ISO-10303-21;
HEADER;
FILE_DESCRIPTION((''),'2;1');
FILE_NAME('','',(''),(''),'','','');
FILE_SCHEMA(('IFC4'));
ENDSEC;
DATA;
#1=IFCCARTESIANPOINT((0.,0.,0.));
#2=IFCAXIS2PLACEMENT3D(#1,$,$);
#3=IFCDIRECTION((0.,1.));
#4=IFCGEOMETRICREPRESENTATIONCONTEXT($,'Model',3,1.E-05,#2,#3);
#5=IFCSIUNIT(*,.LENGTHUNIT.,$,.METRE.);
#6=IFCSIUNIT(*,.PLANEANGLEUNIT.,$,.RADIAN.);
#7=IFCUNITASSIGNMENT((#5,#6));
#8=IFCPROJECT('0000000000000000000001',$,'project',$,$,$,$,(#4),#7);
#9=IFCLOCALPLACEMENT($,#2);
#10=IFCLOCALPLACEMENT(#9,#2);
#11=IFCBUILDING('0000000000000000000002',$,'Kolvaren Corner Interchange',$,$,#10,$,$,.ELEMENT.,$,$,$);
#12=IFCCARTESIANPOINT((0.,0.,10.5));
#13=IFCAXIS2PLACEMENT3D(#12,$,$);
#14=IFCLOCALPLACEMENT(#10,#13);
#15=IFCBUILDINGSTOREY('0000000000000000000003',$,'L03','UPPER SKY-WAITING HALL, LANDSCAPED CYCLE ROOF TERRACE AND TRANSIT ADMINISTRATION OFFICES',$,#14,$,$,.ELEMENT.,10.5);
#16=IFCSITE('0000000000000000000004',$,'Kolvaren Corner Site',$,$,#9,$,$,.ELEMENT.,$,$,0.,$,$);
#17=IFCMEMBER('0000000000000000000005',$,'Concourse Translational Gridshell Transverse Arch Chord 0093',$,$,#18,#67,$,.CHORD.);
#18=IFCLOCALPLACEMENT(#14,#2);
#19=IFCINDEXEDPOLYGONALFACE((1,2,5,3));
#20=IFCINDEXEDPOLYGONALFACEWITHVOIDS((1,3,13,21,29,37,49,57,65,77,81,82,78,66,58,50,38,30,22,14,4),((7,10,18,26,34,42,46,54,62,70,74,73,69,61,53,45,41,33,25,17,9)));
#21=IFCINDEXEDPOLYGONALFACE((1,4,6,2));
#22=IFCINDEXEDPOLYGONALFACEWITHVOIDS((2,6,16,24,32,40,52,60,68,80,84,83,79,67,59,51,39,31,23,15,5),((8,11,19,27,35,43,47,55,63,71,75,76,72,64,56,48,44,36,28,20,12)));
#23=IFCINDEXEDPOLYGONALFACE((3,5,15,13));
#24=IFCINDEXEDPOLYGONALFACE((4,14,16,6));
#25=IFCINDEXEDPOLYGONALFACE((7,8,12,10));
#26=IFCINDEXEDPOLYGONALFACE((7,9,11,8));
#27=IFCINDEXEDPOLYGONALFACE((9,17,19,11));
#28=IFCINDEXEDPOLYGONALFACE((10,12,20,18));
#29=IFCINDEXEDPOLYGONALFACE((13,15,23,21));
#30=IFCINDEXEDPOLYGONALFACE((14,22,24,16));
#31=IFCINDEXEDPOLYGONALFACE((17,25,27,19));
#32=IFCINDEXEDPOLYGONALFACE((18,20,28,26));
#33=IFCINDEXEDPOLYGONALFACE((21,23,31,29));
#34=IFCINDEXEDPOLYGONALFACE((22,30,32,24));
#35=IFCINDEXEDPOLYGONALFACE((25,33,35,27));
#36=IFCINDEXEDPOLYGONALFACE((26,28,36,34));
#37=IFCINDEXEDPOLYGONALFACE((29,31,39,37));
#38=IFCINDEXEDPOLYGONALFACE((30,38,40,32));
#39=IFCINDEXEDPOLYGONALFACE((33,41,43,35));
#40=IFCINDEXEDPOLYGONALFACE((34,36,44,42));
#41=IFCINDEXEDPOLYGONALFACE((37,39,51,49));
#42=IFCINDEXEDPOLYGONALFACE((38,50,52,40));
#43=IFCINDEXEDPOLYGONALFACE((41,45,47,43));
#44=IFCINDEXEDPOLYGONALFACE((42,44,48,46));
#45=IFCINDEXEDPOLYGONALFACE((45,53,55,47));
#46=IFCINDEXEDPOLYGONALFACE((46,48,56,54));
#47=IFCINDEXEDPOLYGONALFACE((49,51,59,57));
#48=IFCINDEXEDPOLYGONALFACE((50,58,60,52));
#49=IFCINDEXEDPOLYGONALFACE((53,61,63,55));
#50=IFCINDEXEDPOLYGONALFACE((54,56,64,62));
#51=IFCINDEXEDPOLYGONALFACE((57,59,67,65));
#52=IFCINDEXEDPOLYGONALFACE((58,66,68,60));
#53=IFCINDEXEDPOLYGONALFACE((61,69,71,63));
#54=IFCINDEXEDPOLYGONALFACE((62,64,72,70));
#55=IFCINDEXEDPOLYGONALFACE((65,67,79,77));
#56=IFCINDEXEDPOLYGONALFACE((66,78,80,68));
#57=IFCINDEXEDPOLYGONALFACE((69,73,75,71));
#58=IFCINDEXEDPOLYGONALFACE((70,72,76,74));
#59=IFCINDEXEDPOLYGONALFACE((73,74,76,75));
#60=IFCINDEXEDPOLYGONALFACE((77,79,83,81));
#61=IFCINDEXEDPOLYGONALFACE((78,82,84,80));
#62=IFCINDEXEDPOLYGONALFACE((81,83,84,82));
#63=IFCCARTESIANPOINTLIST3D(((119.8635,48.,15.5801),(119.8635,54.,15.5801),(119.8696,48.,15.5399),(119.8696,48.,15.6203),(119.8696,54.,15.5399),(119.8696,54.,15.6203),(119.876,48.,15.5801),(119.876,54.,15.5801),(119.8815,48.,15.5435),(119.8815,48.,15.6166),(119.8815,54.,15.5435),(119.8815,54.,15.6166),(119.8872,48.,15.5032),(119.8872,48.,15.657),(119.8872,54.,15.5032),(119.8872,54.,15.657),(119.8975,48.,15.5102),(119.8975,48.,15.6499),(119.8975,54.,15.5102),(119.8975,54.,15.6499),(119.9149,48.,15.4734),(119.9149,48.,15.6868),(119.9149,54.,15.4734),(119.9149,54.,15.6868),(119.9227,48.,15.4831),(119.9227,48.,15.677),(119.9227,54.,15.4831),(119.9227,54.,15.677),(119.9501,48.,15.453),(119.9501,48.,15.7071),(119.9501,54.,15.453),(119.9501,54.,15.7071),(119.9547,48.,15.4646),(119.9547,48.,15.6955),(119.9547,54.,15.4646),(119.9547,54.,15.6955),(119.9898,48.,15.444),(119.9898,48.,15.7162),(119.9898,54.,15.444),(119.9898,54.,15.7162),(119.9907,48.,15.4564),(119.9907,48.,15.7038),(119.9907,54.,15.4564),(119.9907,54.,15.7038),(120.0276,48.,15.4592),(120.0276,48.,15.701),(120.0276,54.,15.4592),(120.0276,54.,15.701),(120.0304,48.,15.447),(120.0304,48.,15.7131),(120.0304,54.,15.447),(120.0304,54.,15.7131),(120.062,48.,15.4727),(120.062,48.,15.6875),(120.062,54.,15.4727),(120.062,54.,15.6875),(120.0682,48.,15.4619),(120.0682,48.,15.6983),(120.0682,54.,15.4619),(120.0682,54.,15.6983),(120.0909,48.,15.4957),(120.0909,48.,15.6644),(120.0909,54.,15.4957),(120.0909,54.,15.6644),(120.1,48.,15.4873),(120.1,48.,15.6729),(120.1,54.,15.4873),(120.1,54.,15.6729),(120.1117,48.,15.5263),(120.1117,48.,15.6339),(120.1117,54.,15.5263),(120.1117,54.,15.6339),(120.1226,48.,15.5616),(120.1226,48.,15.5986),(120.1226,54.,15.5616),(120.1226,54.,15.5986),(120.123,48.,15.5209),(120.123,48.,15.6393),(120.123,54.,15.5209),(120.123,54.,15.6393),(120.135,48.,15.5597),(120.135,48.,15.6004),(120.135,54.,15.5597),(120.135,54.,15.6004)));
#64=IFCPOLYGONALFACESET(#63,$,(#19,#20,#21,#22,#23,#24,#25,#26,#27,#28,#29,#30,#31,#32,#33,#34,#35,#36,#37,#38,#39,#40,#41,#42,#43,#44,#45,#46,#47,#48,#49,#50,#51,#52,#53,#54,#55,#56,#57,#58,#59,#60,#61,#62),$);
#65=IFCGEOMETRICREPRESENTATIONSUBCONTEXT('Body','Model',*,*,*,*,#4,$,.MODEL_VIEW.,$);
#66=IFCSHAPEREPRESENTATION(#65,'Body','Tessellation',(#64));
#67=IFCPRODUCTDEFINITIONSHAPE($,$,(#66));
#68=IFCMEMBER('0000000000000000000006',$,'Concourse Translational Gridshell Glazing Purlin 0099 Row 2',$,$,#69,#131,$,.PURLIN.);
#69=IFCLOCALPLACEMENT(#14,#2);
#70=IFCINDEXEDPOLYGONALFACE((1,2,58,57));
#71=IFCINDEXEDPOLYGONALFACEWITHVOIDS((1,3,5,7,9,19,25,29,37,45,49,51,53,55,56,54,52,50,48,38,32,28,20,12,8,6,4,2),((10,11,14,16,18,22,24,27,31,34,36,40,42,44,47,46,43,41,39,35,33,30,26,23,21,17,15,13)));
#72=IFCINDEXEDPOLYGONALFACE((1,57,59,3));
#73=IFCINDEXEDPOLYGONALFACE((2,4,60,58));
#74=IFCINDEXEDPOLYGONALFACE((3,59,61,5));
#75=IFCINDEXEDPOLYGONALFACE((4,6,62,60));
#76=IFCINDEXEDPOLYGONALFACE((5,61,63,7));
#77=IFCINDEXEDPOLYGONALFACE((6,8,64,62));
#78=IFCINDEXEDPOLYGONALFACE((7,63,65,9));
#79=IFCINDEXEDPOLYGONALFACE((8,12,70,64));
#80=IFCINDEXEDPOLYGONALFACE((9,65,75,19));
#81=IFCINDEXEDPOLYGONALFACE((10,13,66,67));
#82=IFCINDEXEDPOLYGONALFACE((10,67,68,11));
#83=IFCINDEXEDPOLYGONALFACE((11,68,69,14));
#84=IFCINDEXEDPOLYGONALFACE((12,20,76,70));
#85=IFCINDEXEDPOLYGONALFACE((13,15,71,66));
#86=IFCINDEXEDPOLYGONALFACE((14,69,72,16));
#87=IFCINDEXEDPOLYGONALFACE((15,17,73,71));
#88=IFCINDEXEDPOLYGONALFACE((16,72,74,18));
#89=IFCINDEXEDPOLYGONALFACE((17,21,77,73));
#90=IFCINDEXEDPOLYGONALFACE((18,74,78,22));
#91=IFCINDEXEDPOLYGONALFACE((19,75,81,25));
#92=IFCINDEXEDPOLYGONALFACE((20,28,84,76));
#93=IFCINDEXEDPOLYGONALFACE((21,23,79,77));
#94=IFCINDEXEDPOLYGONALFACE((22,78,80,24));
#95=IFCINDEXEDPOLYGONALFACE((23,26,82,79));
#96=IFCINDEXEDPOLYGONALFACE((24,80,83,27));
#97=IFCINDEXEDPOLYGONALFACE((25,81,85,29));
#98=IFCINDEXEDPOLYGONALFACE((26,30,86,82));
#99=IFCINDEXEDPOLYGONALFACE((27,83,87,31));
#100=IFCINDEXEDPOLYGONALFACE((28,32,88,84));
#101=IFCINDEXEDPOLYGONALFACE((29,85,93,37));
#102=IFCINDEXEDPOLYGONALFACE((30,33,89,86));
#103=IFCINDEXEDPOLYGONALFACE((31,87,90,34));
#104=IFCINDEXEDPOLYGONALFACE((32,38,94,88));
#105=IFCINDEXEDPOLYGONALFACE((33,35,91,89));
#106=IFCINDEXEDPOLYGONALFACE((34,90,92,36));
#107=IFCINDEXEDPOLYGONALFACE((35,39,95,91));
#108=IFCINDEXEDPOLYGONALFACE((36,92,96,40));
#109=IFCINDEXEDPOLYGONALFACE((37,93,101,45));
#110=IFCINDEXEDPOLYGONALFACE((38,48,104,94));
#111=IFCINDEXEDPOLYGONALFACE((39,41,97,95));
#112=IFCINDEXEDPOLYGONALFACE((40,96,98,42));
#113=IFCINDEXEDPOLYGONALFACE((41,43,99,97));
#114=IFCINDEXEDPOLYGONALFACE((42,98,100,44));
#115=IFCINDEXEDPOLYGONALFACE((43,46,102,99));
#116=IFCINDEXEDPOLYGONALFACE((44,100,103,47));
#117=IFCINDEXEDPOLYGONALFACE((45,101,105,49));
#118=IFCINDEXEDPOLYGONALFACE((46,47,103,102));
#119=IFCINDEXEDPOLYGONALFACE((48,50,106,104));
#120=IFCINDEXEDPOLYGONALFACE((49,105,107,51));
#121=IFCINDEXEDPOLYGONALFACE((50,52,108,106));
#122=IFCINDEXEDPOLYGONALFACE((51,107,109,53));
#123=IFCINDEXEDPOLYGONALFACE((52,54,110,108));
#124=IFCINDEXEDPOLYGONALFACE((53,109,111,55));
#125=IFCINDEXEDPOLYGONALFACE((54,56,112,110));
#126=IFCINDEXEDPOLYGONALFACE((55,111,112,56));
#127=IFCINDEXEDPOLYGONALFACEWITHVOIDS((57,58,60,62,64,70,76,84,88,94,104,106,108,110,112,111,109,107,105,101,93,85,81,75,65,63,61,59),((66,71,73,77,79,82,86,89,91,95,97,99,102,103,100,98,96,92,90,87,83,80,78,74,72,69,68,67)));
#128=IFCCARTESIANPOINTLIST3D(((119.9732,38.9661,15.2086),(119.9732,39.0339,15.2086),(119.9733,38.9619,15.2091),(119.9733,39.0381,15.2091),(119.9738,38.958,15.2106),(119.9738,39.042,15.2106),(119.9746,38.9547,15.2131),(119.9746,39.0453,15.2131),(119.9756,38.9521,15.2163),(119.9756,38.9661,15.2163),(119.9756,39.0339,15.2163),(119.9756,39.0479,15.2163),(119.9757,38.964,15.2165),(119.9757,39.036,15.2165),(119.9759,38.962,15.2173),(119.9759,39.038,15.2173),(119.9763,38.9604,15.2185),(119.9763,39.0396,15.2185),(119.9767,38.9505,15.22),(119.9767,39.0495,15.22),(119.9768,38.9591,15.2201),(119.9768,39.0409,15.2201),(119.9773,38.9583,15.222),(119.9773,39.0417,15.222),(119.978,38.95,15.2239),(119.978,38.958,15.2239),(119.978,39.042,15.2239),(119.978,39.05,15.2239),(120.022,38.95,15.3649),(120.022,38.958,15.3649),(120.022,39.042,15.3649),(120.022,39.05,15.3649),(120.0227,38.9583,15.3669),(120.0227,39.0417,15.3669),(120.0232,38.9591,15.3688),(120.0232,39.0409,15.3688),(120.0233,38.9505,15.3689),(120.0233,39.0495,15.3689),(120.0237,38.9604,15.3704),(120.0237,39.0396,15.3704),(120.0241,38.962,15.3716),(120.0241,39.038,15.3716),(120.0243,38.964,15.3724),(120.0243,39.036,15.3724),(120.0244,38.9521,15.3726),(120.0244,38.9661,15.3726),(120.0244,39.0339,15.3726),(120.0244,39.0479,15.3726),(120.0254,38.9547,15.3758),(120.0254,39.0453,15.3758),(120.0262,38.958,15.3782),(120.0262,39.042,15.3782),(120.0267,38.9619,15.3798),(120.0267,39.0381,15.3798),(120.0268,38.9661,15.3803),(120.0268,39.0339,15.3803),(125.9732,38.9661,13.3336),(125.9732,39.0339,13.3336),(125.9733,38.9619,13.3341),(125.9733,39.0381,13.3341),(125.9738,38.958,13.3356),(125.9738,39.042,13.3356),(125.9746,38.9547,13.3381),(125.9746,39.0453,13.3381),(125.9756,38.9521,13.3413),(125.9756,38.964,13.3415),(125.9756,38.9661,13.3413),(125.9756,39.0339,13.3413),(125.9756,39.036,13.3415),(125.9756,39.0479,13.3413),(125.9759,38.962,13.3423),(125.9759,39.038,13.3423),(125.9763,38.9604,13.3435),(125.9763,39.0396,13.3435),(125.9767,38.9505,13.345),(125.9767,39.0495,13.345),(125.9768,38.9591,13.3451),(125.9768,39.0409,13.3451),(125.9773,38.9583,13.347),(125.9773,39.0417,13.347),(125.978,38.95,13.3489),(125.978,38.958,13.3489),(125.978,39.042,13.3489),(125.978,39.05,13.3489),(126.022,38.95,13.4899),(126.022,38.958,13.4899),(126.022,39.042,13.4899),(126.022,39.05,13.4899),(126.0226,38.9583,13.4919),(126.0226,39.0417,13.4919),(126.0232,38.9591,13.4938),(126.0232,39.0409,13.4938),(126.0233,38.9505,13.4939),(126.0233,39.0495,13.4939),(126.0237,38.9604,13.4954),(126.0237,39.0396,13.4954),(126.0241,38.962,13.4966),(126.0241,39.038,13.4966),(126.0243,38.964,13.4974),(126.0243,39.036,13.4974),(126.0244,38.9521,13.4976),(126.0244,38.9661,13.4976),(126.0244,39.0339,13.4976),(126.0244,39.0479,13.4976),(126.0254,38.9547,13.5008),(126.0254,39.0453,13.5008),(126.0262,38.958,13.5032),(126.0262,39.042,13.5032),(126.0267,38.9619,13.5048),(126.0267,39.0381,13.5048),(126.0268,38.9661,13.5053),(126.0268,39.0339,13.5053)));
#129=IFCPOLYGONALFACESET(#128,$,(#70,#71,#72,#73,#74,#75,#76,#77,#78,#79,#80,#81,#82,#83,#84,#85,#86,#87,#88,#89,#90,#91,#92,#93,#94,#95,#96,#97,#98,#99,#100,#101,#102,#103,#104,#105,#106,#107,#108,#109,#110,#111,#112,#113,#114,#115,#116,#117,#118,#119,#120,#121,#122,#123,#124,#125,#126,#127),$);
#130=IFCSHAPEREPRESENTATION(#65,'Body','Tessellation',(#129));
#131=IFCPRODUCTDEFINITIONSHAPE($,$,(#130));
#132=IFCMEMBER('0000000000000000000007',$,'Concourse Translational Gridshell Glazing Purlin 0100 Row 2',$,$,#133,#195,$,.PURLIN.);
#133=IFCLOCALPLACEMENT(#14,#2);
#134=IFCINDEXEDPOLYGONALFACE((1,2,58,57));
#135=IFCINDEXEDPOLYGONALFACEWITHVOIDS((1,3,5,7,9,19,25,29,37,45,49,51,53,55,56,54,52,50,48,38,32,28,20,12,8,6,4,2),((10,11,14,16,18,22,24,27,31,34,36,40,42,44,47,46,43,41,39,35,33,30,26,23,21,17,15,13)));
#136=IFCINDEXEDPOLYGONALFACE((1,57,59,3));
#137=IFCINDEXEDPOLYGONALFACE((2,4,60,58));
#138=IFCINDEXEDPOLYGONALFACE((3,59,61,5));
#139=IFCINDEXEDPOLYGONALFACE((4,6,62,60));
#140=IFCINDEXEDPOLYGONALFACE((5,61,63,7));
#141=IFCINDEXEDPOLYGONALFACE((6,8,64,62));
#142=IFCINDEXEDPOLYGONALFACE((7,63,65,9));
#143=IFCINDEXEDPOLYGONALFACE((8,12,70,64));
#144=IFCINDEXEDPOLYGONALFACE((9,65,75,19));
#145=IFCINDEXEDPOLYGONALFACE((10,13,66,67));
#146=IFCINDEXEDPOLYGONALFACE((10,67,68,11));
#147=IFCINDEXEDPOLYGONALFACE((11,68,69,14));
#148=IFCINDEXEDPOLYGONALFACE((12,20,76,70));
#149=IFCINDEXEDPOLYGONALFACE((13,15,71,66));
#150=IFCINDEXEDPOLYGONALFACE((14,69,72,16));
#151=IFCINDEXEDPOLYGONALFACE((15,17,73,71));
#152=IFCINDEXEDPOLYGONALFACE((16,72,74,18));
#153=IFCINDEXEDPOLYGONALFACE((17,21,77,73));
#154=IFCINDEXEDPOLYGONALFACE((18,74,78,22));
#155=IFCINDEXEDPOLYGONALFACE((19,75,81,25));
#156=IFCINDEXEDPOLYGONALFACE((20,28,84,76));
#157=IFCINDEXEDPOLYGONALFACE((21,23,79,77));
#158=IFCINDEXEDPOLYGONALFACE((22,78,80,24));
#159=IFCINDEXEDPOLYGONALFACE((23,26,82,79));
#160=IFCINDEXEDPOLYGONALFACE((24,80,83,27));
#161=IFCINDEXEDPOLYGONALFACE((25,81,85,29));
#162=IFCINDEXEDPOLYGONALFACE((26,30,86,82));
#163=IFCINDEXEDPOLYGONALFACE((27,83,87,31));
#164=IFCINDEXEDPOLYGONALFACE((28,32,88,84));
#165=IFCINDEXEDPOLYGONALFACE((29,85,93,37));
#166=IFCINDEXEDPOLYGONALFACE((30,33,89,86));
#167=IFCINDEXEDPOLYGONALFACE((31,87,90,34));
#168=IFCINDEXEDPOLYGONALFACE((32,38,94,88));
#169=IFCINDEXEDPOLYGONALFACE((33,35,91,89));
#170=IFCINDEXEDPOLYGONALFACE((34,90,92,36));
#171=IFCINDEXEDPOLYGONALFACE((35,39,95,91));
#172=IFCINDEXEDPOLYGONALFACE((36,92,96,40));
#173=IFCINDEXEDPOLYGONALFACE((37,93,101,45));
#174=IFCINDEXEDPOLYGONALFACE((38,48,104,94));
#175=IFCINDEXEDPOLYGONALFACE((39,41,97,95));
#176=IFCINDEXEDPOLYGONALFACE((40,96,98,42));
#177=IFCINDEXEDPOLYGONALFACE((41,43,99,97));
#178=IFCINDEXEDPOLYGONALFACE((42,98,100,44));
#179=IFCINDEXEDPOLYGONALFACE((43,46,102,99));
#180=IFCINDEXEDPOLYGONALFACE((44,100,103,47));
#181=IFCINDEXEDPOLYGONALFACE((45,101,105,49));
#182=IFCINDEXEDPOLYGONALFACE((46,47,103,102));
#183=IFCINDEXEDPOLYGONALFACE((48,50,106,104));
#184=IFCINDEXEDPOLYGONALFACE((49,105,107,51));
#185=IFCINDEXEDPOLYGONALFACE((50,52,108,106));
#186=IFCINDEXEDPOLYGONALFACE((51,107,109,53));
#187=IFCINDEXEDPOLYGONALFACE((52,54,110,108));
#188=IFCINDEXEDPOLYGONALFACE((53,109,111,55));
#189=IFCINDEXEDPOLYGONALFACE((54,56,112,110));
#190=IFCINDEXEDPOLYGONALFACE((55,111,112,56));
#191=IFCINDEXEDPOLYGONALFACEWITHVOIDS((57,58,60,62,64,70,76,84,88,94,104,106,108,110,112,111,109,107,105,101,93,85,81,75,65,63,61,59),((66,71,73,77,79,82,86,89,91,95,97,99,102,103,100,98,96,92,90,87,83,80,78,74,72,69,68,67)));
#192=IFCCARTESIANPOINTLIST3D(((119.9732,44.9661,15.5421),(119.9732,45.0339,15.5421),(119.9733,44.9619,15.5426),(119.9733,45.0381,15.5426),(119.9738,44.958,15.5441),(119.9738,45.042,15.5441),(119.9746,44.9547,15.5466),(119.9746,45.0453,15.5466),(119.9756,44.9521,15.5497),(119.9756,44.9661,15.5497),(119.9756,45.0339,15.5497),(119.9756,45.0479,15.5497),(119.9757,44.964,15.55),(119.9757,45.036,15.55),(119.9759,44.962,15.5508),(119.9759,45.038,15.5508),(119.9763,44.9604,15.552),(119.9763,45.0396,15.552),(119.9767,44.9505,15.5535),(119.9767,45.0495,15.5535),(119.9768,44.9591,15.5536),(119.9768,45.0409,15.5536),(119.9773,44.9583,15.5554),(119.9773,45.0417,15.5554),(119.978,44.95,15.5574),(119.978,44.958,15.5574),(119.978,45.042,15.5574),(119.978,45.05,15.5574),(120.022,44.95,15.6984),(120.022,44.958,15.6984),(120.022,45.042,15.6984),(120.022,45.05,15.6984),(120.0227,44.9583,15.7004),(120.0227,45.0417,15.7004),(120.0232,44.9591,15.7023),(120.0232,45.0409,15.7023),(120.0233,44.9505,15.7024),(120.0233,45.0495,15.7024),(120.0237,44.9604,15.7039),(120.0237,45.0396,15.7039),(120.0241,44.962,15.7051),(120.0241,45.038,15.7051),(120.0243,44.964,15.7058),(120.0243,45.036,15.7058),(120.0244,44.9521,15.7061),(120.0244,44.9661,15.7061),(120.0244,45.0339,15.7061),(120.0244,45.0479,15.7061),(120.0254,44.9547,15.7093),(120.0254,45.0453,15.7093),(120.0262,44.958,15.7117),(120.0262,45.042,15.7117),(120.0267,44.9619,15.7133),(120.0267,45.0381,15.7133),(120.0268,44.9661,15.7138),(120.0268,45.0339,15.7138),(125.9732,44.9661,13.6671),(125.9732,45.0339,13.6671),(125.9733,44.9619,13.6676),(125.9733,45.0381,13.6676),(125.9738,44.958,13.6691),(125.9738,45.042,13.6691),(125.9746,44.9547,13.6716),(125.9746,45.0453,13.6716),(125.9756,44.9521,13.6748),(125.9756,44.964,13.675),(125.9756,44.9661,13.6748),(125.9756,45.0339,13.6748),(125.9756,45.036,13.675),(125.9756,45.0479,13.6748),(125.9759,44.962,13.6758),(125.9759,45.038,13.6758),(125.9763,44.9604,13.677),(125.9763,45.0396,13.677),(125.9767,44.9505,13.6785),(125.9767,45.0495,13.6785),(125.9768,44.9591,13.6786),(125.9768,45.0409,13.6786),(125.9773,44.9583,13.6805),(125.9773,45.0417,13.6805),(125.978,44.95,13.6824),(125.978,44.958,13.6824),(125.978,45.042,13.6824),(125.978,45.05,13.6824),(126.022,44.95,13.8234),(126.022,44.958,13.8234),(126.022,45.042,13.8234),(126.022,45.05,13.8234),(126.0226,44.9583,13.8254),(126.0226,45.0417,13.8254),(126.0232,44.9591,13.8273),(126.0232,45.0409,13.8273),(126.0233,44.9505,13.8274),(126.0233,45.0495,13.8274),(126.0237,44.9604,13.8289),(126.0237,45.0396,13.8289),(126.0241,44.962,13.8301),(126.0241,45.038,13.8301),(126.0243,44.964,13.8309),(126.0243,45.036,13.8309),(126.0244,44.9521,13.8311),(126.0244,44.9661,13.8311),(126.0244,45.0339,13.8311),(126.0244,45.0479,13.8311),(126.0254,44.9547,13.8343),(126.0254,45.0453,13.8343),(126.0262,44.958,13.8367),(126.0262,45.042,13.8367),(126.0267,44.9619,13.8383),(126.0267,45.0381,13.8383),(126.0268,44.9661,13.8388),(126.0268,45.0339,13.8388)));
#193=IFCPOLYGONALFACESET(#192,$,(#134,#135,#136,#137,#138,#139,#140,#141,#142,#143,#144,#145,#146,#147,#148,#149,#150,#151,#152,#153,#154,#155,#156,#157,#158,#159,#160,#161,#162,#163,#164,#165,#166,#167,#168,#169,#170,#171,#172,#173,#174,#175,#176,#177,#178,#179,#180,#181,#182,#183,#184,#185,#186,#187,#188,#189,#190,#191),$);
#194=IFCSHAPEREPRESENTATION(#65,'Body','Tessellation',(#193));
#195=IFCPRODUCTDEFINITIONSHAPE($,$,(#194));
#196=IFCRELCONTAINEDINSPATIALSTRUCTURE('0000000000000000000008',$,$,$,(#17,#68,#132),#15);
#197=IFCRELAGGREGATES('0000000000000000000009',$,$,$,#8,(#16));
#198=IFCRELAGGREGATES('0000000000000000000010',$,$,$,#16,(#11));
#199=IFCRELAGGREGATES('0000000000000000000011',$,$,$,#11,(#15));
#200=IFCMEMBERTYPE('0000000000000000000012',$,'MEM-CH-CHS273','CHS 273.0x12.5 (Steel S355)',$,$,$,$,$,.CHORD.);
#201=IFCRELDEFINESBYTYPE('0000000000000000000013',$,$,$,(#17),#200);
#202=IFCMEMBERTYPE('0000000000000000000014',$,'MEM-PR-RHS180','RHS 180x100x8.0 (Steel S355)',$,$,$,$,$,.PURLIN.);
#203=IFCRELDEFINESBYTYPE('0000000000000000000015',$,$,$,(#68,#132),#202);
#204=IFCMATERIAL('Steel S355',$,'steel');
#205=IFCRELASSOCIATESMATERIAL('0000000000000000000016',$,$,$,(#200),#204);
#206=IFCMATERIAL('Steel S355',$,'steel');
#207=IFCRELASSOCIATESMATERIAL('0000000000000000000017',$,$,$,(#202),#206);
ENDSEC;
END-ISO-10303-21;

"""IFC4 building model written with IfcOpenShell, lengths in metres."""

from ifc_helpers import new_model, si_unit, direction, frame, origin, origin_2d, place, context, subcontext, project, spatial, hollow_rectangle, hollow_circle, extrude, material, material_profile, profile_set, type_object, element, save


model = new_model("IFC4")

# Units and contexts
model_context = context("Model", 3, precision=1e-05, world=origin(), true_north=direction((0.0, 1.0)))
body_context = subcontext(model_context, "Body", "Model", "MODEL_VIEW")
ifc_project = project(units=[si_unit("LENGTHUNIT", "METRE"), si_unit("PLANEANGLEUNIT", "RADIAN")], contexts=[model_context])

# Site, building, storey
site_placement = place(None, origin())
site = spatial("IfcSite", under=ifc_project, at=site_placement, Name="Kolvaren Corner Site", CompositionType="ELEMENT", RefElevation=0.0)
building_placement = place(site_placement, origin())
building = spatial("IfcBuilding", under=site, at=building_placement, Name="Kolvaren Corner Interchange", CompositionType="ELEMENT")
storey_placement = place(building_placement, frame((0.0, 0.0, 10.5)))
storey = spatial("IfcBuildingStorey", under=building, at=storey_placement, Name="L03", Description="UPPER SKY-WAITING HALL, LANDSCAPED CYCLE ROOF TERRACE AND TRANSIT ADMINISTRATION OFFICES", CompositionType="ELEMENT", Elevation=10.5)

# Members
ifc_material_1 = material(Name="Steel S355", Category="steel")
ifc_material_profile_1 = material_profile(ifc_material_1, hollow_circle(Radius=0.1365, WallThickness=0.0125, at=origin_2d()), Name="CHS 273.0x12.5")
ifc_profile_set_1 = profile_set([ifc_material_profile_1], Name="Steel S355")
member_type_1 = type_object("IfcMemberType", Name="MEM-CH-CHS273", Description="CHS 273.0x12.5 (Steel S355)", PredefinedType="CHORD", material=ifc_profile_set_1)
for number, where, z_axis, x_axis, name in (
    (1, (120.0, 48.0, 15.5801), (0.0, 1.0, 0.0), (-1.0, 0.0, 0.0), "Concourse Translational Gridshell Transverse Arch Chord 0093"),
):
    element("IfcMember", number, at=place(storey_placement, frame(where, z_axis=z_axis, x_axis=x_axis)), inside=storey, type_object=member_type_1, Name=name, PredefinedType="CHORD", context=body_context, shape_type="SweptSolid", body=[
        extrude(hollow_circle(Radius=0.1365, WallThickness=0.0125, at=origin_2d()), origin(), (0.0, 0.0, 1.0), 6.0),
    ])
ifc_material_2 = material(Name="Steel S355", Category="steel")
ifc_material_profile_2 = material_profile(ifc_material_2, hollow_rectangle(XDim=0.1001, YDim=0.1799, WallThickness=0.0081, InnerFilletRadius=0.0081, OuterFilletRadius=0.0161, at=origin_2d()), Name="RHS 180x100x8.0")
ifc_profile_set_2 = profile_set([ifc_material_profile_2], Name="Steel S355")
member_type_2 = type_object("IfcMemberType", Name="MEM-PR-RHS180", Description="RHS 180x100x8.0 (Steel S355)", PredefinedType="PURLIN", material=ifc_profile_set_2)
for number, where, z_axis, x_axis, name in (
    (2, (120.0, 39.0, 15.2944), (0.95448, 0.0, -0.298275), (0.0, 1.0, 0.0), "Concourse Translational Gridshell Glazing Purlin 0099 Row 2"),
    (3, (120.0, 45.0, 15.6279), (0.95448, 0.0, -0.298275), (0.0, 1.0, 0.0), "Concourse Translational Gridshell Glazing Purlin 0100 Row 2"),
):
    element("IfcMember", number, at=place(storey_placement, frame(where, z_axis=z_axis, x_axis=x_axis)), inside=storey, type_object=member_type_2, Name=name, PredefinedType="PURLIN", context=body_context, shape_type="SweptSolid", body=[
        extrude(hollow_rectangle(XDim=0.1001, YDim=0.1799, WallThickness=0.0081, InnerFilletRadius=0.0081, OuterFilletRadius=0.0161, at=origin_2d()), origin(), (0.0, 0.0, 1.0), 6.2861),
    ])

save(model, "model.ifc")
